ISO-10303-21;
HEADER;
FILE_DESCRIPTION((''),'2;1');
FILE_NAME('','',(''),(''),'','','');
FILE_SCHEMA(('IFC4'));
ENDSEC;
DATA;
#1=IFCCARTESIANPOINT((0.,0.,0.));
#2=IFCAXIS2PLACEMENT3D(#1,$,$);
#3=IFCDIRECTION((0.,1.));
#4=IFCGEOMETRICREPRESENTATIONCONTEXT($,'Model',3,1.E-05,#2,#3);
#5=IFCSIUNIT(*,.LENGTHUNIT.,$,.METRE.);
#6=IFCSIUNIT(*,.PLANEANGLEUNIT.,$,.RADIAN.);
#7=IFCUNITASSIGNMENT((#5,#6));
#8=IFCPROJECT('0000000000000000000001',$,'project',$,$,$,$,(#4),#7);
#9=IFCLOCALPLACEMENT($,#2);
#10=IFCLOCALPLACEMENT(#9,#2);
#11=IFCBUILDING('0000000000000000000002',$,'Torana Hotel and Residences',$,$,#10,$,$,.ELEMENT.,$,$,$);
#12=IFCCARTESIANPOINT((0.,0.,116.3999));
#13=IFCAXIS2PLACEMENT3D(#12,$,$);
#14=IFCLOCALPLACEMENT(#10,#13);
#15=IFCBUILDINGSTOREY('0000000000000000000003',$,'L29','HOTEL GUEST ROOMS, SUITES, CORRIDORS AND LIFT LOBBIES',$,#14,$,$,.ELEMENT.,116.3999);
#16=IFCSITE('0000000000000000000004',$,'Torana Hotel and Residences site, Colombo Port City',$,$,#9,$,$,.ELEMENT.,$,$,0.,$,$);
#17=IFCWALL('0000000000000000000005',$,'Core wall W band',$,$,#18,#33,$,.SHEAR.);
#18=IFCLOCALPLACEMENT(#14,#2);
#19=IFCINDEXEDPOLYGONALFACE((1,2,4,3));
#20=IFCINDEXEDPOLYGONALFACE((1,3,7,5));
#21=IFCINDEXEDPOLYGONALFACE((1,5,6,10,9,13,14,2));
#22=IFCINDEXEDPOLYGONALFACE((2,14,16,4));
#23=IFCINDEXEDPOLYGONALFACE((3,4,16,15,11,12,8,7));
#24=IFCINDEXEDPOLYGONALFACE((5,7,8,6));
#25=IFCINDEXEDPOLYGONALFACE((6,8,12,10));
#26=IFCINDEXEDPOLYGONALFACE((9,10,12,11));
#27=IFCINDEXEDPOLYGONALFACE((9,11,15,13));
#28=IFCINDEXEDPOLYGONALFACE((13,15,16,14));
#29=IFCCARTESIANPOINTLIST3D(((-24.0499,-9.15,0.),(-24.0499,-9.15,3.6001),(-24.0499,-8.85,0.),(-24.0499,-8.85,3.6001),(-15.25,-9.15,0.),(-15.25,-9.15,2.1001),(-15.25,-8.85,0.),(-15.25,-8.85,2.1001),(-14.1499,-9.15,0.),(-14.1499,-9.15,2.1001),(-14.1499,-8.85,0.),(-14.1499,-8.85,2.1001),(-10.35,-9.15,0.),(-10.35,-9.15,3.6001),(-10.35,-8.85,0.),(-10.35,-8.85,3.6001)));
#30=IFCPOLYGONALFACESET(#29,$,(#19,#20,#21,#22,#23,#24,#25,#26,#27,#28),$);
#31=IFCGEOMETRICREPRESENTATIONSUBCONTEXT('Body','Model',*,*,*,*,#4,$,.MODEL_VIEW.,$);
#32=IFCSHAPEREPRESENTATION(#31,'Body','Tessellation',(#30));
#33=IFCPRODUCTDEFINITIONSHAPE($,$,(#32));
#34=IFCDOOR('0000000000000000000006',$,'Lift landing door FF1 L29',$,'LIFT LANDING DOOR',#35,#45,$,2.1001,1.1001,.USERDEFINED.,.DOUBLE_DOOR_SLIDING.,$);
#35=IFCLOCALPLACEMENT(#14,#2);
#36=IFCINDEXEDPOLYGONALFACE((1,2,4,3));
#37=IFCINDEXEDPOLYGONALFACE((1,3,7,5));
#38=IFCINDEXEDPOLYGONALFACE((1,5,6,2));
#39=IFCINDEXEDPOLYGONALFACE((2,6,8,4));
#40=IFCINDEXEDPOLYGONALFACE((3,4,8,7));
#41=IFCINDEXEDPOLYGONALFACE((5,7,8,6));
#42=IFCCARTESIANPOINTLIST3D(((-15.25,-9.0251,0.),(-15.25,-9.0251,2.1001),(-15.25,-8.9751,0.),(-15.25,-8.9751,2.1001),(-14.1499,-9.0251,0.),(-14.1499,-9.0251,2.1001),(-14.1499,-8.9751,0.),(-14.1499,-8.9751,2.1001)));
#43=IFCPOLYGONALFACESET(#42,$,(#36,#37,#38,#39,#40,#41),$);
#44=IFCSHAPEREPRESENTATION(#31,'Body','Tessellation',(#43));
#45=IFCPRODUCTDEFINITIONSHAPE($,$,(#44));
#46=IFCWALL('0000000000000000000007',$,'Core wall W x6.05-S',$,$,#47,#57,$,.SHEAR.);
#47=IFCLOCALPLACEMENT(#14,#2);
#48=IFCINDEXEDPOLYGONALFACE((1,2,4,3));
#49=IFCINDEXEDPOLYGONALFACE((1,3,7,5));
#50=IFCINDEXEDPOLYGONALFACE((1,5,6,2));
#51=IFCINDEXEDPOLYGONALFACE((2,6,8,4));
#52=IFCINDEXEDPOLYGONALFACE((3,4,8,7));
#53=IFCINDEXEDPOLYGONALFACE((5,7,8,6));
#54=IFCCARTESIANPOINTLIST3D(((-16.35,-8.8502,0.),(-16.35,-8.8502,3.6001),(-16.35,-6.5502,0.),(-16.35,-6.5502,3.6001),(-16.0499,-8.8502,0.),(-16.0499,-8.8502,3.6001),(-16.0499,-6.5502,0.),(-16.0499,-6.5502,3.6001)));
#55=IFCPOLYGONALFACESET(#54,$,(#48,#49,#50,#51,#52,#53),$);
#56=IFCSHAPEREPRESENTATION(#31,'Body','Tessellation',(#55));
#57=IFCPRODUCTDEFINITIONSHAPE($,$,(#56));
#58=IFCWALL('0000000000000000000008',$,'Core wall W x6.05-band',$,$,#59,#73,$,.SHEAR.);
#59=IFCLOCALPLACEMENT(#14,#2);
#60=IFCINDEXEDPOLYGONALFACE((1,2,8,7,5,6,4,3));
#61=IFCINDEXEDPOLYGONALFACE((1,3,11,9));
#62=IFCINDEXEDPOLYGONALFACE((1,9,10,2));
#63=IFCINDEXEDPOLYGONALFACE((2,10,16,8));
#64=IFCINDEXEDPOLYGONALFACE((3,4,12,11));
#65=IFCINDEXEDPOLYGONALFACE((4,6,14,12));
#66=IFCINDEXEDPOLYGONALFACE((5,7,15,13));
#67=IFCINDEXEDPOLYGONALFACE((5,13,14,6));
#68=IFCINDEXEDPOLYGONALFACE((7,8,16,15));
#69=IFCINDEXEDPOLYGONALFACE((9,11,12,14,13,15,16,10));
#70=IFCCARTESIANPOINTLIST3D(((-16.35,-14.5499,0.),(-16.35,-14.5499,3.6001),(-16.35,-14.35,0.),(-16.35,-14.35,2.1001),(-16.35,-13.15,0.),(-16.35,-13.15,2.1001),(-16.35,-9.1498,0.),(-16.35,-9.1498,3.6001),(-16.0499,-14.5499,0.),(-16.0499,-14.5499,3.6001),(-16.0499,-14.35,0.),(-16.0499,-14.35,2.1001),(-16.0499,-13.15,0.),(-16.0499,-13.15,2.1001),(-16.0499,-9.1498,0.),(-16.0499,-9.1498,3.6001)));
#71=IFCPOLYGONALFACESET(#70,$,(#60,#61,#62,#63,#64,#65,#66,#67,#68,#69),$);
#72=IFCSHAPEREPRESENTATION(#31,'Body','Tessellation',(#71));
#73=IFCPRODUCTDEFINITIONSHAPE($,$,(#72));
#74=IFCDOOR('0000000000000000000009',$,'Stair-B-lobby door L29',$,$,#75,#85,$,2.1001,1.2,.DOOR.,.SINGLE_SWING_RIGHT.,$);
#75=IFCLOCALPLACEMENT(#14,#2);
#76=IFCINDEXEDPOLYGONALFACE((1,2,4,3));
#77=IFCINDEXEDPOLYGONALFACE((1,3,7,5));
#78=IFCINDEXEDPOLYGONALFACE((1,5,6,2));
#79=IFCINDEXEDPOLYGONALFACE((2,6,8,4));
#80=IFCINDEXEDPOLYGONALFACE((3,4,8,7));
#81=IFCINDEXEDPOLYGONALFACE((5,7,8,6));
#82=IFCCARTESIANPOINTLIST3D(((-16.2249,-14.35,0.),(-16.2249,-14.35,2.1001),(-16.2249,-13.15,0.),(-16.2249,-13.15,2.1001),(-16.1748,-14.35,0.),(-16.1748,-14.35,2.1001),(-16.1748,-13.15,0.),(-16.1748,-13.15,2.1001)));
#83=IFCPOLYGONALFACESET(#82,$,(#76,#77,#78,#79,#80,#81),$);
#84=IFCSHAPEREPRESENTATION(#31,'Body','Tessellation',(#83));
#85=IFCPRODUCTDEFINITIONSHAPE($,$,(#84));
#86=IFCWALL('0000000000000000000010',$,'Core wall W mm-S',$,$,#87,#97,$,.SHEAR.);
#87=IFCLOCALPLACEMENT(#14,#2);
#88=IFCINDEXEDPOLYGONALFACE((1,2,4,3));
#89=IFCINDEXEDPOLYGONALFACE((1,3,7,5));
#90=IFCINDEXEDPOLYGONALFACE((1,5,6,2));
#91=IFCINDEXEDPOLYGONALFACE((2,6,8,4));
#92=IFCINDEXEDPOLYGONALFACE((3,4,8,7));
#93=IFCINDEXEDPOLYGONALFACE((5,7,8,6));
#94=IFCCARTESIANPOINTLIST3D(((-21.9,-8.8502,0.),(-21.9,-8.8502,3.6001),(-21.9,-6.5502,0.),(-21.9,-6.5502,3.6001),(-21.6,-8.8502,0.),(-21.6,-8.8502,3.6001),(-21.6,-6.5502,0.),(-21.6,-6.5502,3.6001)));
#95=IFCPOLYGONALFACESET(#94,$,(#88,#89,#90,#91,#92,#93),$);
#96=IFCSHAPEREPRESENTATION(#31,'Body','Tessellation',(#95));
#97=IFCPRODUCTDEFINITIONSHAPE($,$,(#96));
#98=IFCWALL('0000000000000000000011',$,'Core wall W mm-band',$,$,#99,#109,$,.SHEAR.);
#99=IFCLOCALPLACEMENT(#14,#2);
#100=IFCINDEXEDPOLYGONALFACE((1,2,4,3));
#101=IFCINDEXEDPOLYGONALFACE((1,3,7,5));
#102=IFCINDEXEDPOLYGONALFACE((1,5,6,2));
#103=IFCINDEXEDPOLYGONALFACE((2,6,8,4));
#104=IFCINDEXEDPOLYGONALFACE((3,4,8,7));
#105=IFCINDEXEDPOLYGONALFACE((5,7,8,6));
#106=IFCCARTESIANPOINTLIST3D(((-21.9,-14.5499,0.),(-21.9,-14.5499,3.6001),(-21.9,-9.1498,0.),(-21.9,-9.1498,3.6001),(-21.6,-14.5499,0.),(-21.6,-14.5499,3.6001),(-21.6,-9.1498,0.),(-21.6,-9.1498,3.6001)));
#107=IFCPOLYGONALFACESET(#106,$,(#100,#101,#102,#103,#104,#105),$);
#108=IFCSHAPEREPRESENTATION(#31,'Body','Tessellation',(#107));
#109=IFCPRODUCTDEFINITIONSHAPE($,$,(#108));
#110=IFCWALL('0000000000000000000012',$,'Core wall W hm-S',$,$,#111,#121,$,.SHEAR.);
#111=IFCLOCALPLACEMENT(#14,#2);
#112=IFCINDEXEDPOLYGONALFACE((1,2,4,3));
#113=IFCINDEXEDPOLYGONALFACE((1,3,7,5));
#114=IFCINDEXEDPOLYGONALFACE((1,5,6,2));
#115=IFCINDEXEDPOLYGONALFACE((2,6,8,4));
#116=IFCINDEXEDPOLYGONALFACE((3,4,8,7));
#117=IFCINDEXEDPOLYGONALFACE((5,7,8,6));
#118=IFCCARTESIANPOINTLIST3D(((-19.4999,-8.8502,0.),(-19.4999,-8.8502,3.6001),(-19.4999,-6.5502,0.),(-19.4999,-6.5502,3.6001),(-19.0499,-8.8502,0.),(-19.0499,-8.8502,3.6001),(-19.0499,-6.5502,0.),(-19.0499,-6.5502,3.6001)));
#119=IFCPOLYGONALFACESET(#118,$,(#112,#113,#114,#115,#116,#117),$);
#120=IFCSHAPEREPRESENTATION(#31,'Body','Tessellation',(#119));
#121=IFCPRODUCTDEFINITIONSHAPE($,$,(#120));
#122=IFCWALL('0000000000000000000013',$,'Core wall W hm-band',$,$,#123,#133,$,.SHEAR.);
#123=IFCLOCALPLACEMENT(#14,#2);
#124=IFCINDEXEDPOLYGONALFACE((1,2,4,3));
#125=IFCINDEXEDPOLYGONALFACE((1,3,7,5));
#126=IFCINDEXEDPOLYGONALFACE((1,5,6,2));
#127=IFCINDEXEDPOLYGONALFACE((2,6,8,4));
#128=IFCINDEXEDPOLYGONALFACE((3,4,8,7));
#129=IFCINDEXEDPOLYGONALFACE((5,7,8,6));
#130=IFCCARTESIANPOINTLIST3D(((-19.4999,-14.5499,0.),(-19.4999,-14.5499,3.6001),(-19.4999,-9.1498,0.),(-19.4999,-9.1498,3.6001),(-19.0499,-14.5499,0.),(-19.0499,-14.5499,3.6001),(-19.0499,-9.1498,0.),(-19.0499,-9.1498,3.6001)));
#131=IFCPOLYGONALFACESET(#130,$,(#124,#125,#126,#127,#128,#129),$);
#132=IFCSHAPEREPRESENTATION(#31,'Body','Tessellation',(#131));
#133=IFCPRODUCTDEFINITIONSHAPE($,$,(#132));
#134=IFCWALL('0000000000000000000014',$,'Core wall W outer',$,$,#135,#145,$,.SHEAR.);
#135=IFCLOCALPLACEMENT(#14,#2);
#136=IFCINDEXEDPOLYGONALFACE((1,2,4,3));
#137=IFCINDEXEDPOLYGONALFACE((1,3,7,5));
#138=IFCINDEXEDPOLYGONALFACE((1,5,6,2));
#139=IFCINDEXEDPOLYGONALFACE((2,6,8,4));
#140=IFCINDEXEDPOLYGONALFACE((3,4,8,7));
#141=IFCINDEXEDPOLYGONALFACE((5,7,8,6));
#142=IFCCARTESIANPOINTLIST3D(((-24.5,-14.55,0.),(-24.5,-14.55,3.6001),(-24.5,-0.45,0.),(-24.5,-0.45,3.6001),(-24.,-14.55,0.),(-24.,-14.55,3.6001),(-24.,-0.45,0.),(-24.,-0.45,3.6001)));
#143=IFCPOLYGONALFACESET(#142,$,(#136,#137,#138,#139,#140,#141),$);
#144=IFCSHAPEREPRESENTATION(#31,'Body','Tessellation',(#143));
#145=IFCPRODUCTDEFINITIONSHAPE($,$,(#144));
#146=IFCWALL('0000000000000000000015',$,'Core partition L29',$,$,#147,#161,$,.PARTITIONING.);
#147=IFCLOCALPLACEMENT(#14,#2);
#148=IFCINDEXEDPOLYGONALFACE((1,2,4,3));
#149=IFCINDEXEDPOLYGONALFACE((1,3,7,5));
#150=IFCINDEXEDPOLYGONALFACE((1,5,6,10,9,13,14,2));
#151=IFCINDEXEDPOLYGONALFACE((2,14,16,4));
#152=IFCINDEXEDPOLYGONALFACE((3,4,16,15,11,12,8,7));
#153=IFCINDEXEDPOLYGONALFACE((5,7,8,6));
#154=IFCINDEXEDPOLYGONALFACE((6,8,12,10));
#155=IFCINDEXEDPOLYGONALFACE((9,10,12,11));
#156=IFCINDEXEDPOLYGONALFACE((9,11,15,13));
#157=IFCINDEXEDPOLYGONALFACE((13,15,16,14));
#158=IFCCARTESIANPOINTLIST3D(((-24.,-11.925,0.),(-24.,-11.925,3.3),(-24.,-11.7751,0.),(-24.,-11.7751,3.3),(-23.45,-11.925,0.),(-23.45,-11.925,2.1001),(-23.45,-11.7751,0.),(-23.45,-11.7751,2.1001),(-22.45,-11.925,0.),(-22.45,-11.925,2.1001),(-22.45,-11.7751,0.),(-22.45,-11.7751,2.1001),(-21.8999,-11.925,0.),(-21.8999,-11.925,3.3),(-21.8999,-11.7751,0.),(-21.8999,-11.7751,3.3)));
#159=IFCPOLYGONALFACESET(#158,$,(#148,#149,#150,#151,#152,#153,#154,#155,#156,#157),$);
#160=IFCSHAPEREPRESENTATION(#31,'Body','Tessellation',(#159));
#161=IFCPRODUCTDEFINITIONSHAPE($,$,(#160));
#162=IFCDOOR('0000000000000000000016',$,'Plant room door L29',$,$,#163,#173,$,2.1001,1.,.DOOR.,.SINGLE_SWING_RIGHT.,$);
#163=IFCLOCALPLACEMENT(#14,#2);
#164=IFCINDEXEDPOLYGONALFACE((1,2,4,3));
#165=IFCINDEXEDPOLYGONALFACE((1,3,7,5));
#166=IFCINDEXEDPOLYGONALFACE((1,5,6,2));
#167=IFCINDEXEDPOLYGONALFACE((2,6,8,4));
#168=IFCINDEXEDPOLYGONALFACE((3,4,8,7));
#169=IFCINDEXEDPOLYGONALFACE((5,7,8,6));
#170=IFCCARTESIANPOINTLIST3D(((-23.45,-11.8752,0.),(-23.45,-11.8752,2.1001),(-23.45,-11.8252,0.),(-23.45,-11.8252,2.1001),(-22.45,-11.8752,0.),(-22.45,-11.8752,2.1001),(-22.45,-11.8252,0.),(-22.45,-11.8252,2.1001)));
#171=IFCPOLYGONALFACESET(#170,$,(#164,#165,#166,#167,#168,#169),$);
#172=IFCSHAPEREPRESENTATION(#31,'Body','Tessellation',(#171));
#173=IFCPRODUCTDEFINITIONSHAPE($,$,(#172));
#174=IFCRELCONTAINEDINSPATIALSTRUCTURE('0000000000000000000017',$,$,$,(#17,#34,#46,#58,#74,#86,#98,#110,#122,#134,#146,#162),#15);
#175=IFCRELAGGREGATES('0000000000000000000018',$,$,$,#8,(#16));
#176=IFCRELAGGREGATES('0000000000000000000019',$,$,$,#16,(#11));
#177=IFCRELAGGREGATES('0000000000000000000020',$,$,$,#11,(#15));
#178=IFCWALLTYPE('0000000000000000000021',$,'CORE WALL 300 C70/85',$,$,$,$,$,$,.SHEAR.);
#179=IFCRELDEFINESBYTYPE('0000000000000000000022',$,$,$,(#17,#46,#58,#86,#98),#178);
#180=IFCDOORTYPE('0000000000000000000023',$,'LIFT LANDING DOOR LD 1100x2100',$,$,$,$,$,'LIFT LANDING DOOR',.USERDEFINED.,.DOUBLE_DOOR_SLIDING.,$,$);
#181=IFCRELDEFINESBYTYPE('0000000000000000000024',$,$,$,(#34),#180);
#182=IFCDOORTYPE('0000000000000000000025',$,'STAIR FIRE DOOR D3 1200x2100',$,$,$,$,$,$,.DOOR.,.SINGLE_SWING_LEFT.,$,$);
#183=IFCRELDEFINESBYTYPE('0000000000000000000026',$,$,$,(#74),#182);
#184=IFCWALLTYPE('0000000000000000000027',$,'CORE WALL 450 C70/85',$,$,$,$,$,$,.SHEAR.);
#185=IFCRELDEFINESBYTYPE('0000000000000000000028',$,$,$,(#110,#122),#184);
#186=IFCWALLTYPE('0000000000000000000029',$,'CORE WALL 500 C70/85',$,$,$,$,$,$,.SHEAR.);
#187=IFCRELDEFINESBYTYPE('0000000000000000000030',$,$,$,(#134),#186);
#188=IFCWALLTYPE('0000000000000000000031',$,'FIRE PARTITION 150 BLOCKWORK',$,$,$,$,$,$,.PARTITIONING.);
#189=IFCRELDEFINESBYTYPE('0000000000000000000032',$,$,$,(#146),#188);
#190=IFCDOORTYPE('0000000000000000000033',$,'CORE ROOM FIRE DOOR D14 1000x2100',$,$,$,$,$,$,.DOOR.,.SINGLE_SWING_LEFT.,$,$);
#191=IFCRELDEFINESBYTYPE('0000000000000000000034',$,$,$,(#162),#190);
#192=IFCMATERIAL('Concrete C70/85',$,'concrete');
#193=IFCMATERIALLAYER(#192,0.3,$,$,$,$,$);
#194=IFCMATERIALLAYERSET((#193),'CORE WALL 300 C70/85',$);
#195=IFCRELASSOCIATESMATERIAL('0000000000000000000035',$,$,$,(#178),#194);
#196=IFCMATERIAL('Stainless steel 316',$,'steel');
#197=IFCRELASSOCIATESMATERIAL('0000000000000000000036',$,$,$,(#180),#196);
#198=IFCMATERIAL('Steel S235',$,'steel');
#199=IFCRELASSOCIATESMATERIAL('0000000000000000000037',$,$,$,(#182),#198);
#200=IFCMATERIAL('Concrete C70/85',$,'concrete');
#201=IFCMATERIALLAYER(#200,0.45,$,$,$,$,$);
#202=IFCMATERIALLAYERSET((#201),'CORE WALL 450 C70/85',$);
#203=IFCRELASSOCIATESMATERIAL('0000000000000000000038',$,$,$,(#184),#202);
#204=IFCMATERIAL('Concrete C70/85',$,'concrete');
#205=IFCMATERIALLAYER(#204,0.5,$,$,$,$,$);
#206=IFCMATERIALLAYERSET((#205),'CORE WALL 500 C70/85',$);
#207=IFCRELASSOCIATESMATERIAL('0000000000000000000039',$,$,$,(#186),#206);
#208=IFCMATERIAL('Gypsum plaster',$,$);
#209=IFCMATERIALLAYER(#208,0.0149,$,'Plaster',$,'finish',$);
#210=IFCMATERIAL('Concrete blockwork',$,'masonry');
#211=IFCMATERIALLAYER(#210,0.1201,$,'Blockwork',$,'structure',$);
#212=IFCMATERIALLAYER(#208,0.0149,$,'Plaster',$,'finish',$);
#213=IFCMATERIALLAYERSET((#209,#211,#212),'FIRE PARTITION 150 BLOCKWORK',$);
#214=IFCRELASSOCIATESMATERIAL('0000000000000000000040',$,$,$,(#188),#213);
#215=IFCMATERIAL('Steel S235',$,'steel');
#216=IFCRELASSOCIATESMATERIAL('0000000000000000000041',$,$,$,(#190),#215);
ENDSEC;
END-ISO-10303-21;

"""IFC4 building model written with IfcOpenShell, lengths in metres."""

from ifc_helpers import new_model, si_unit, direction, frame, frame_2d, origin, place, context, subcontext, project, spatial, rectangle, extrude, material, layer, layer_set, type_object, element, fill, save


model = new_model("IFC4")

# Units and contexts
model_context = context("Model", 3, precision=1e-05, world=origin(), true_north=direction((0.0, 1.0)))
body_context = subcontext(model_context, "Body", "Model", "MODEL_VIEW")
ifc_project = project(units=[si_unit("LENGTHUNIT", "METRE"), si_unit("PLANEANGLEUNIT", "RADIAN")], contexts=[model_context])

# Site, building, storey
site_placement = place(None, origin())
site = spatial("IfcSite", under=ifc_project, at=site_placement, Name="Torana Hotel and Residences site, Colombo Port City", CompositionType="ELEMENT", RefElevation=0.0)
building_placement = place(site_placement, origin())
building = spatial("IfcBuilding", under=site, at=building_placement, Name="Torana Hotel and Residences", CompositionType="ELEMENT")
storey_placement = place(building_placement, frame((0.0, 0.0, 116.3999)))
storey = spatial("IfcBuildingStorey", under=building, at=storey_placement, Name="L29", Description="HOTEL GUEST ROOMS, SUITES, CORRIDORS AND LIFT LOBBIES", CompositionType="ELEMENT", Elevation=116.3999)

# Wall, opening, door
ifc_material_1 = material(Name="Concrete C70/85", Category="concrete")
ifc_layer_1 = layer(ifc_material_1, 0.3)
ifc_layer_set_1 = layer_set([ifc_layer_1], Name="CORE WALL 300 C70/85")
wall_type_1 = type_object("IfcWallType", Name="CORE WALL 300 C70/85", PredefinedType="SHEAR", material=ifc_layer_set_1)
wall_1_placement = place(storey_placement, frame((-24.05, -9.0, 0.0), z_axis=(0.0, 0.0, 1.0), x_axis=(1.0, 0.0, 0.0)))
wall_1 = element("IfcWall", 1, at=wall_1_placement, inside=storey, type_object=wall_type_1, Name="Core wall W band", PredefinedType="SHEAR", context=body_context, shape_type="SweptSolid", body=[
    extrude(rectangle(XDim=13.7, YDim=0.3, at=frame_2d((6.8501, 0.0))), origin(), (0.0, 0.0, 1.0), 3.6001),
])
opening_1_placement = place(wall_1_placement, frame((8.8, 0.0, 0.0)))
opening_1 = element("IfcOpeningElement", 2, at=opening_1_placement, cuts=wall_1, PredefinedType="OPENING", context=body_context, shape_type="SweptSolid", body=[
    extrude(rectangle(XDim=1.1001, YDim=2.1001, at=frame_2d((0.55, 1.05))), frame((0.0, 0.1599, 0.0), z_axis=(0.0, -1.0, 0.0), x_axis=(1.0, 0.0, 0.0)), (0.0, 0.0, 1.0), 0.3201),
])
ifc_material_2 = material(Name="Stainless steel 316", Category="steel")
door_type_1 = type_object("IfcDoorType", Name="LIFT LANDING DOOR LD 1100x2100", ElementType="LIFT LANDING DOOR", OperationType="DOUBLE_DOOR_SLIDING", PredefinedType="USERDEFINED", material=ifc_material_2)
door_1_placement = place(opening_1_placement, origin())
door_1 = element("IfcDoor", 3, at=door_1_placement, inside=storey, type_object=door_type_1, Name="Lift landing door FF1 L29", ObjectType="LIFT LANDING DOOR", OperationType="DOUBLE_DOOR_SLIDING", OverallHeight=2.1001, OverallWidth=1.1001, PredefinedType="USERDEFINED", context=body_context, shape_type="SweptSolid", body=[
    extrude(rectangle(XDim=1.1001, YDim=2.1001, at=frame_2d((0.55, 1.05))), frame((0.0, 0.0249, 0.0), z_axis=(0.0, -1.0, 0.0), x_axis=(1.0, 0.0, 0.0)), (0.0, 0.0, 1.0), 0.05),
])
fill(opening_1, door_1)

# Wall
wall_2_placement = place(storey_placement, frame((-16.2, -8.8501, 0.0), z_axis=(0.0, 0.0, 1.0), x_axis=(0.0, 1.0, 0.0)))
element("IfcWall", 4, at=wall_2_placement, inside=storey, type_object=wall_type_1, Name="Core wall W x6.05-S", PredefinedType="SHEAR", context=body_context, shape_type="SweptSolid", body=[
    extrude(rectangle(XDim=2.3, YDim=0.3, at=frame_2d((1.1499, 0.0))), origin(), (0.0, 0.0, 1.0), 3.6001),
])

# Wall, opening, door
wall_3_placement = place(storey_placement, frame((-16.2, -14.55, 0.0), z_axis=(0.0, 0.0, 1.0), x_axis=(0.0, 1.0, 0.0)))
wall_3 = element("IfcWall", 5, at=wall_3_placement, inside=storey, type_object=wall_type_1, Name="Core wall W x6.05-band", PredefinedType="SHEAR", context=body_context, shape_type="SweptSolid", body=[
    extrude(rectangle(XDim=5.4001, YDim=0.3, at=frame_2d((2.7002, 0.0))), origin(), (0.0, 0.0, 1.0), 3.6001),
])
opening_2_placement = place(wall_3_placement, frame((0.2, 0.0, 0.0)))
opening_2 = element("IfcOpeningElement", 6, at=opening_2_placement, cuts=wall_3, PredefinedType="OPENING", context=body_context, shape_type="SweptSolid", body=[
    extrude(rectangle(XDim=1.2, YDim=2.1001, at=frame_2d((0.6001, 1.05))), frame((0.0, 0.1599, 0.0), z_axis=(0.0, -1.0, 0.0), x_axis=(1.0, 0.0, 0.0)), (0.0, 0.0, 1.0), 0.3201),
])
ifc_material_3 = material(Name="Steel S235", Category="steel")
door_type_2 = type_object("IfcDoorType", Name="STAIR FIRE DOOR D3 1200x2100", OperationType="SINGLE_SWING_LEFT", PredefinedType="DOOR", material=ifc_material_3)
door_2_placement = place(opening_2_placement, origin())
door_2 = element("IfcDoor", 7, at=door_2_placement, inside=storey, type_object=door_type_2, Name="Stair-B-lobby door L29", OperationType="SINGLE_SWING_RIGHT", OverallHeight=2.1001, OverallWidth=1.2, PredefinedType="DOOR", context=body_context, shape_type="SweptSolid", body=[
    extrude(rectangle(XDim=1.2, YDim=2.1001, at=frame_2d((0.6001, 1.05))), frame((0.0, 0.0249, 0.0), z_axis=(0.0, -1.0, 0.0), x_axis=(1.0, 0.0, 0.0)), (0.0, 0.0, 1.0), 0.05),
])
fill(opening_2, door_2)

# Walls
wall_4_placement = place(storey_placement, frame((-21.75, -8.8501, 0.0), z_axis=(0.0, 0.0, 1.0), x_axis=(0.0, 1.0, 0.0)))
element("IfcWall", 8, at=wall_4_placement, inside=storey, type_object=wall_type_1, Name="Core wall W mm-S", PredefinedType="SHEAR", context=body_context, shape_type="SweptSolid", body=[
    extrude(rectangle(XDim=2.3, YDim=0.3, at=frame_2d((1.1499, 0.0))), origin(), (0.0, 0.0, 1.0), 3.6001),
])
wall_5_placement = place(storey_placement, frame((-21.75, -14.55, 0.0), z_axis=(0.0, 0.0, 1.0), x_axis=(0.0, 1.0, 0.0)))
element("IfcWall", 9, at=wall_5_placement, inside=storey, type_object=wall_type_1, Name="Core wall W mm-band", PredefinedType="SHEAR", context=body_context, shape_type="SweptSolid", body=[
    extrude(rectangle(XDim=5.4001, YDim=0.3, at=frame_2d((2.7002, 0.0))), origin(), (0.0, 0.0, 1.0), 3.6001),
])
ifc_material_4 = material(Name="Concrete C70/85", Category="concrete")
ifc_layer_2 = layer(ifc_material_4, 0.45)
ifc_layer_set_2 = layer_set([ifc_layer_2], Name="CORE WALL 450 C70/85")
wall_type_2 = type_object("IfcWallType", Name="CORE WALL 450 C70/85", PredefinedType="SHEAR", material=ifc_layer_set_2)
wall_6_placement = place(storey_placement, frame((-19.2749, -8.8501, 0.0), z_axis=(0.0, 0.0, 1.0), x_axis=(0.0, 1.0, 0.0)))
element("IfcWall", 10, at=wall_6_placement, inside=storey, type_object=wall_type_2, Name="Core wall W hm-S", PredefinedType="SHEAR", context=body_context, shape_type="SweptSolid", body=[
    extrude(rectangle(XDim=2.3, YDim=0.45, at=frame_2d((1.1499, 0.0))), origin(), (0.0, 0.0, 1.0), 3.6001),
])
wall_7_placement = place(storey_placement, frame((-19.2749, -14.55, 0.0), z_axis=(0.0, 0.0, 1.0), x_axis=(0.0, 1.0, 0.0)))
element("IfcWall", 11, at=wall_7_placement, inside=storey, type_object=wall_type_2, Name="Core wall W hm-band", PredefinedType="SHEAR", context=body_context, shape_type="SweptSolid", body=[
    extrude(rectangle(XDim=5.4001, YDim=0.45, at=frame_2d((2.7002, 0.0))), origin(), (0.0, 0.0, 1.0), 3.6001),
])
ifc_material_5 = material(Name="Concrete C70/85", Category="concrete")
ifc_layer_3 = layer(ifc_material_5, 0.5)
ifc_layer_set_3 = layer_set([ifc_layer_3], Name="CORE WALL 500 C70/85")
wall_type_3 = type_object("IfcWallType", Name="CORE WALL 500 C70/85", PredefinedType="SHEAR", material=ifc_layer_set_3)
wall_8_placement = place(storey_placement, frame((-24.25, -14.55, 0.0), z_axis=(0.0, 0.0, 1.0), x_axis=(0.0, 1.0, 0.0)))
element("IfcWall", 12, at=wall_8_placement, inside=storey, type_object=wall_type_3, Name="Core wall W outer", PredefinedType="SHEAR", context=body_context, shape_type="SweptSolid", body=[
    extrude(rectangle(XDim=14.1001, YDim=0.5, at=frame_2d((7.05, 0.0))), origin(), (0.0, 0.0, 1.0), 3.6001),
])

# Wall, opening, door
ifc_material_6 = material(Name="Gypsum plaster")
ifc_layer_4 = layer(ifc_material_6, 0.0149, Name="Plaster", Category="finish")
ifc_material_7 = material(Name="Concrete blockwork", Category="masonry")
ifc_layer_5 = layer(ifc_material_7, 0.1201, Name="Blockwork", Category="structure")
ifc_layer_6 = layer(ifc_material_6, 0.0149, Name="Plaster", Category="finish")
ifc_layer_set_4 = layer_set([ifc_layer_4, ifc_layer_5, ifc_layer_6], Name="FIRE PARTITION 150 BLOCKWORK")
wall_type_4 = type_object("IfcWallType", Name="FIRE PARTITION 150 BLOCKWORK", PredefinedType="PARTITIONING", material=ifc_layer_set_4)
wall_9_placement = place(storey_placement, frame((-24.0, -11.8501, 0.0), z_axis=(0.0, 0.0, 1.0), x_axis=(1.0, 0.0, 0.0)))
wall_9 = element("IfcWall", 13, at=wall_9_placement, inside=storey, type_object=wall_type_4, Name="Core partition L29", PredefinedType="PARTITIONING", context=body_context, shape_type="SweptSolid", body=[
    extrude(rectangle(XDim=2.1001, YDim=0.1499, at=frame_2d((1.05, 0.0))), origin(), (0.0, 0.0, 1.0), 3.3),
])
opening_3_placement = place(wall_9_placement, frame((0.55, 0.0, 0.0)))
opening_3 = element("IfcOpeningElement", 14, at=opening_3_placement, cuts=wall_9, PredefinedType="OPENING", context=body_context, shape_type="SweptSolid", body=[
    extrude(rectangle(XDim=1.0, YDim=2.1001, at=frame_2d((0.5, 1.05))), frame((0.0, 0.085, 0.0), z_axis=(0.0, -1.0, 0.0), x_axis=(1.0, 0.0, 0.0)), (0.0, 0.0, 1.0), 0.1699),
])
ifc_material_8 = material(Name="Steel S235", Category="steel")
door_type_3 = type_object("IfcDoorType", Name="CORE ROOM FIRE DOOR D14 1000x2100", OperationType="SINGLE_SWING_LEFT", PredefinedType="DOOR", material=ifc_material_8)
door_3_placement = place(opening_3_placement, origin())
door_3 = element("IfcDoor", 15, at=door_3_placement, inside=storey, type_object=door_type_3, Name="Plant room door L29", OperationType="SINGLE_SWING_RIGHT", OverallHeight=2.1001, OverallWidth=1.0, PredefinedType="DOOR", context=body_context, shape_type="SweptSolid", body=[
    extrude(rectangle(XDim=1.0, YDim=2.1001, at=frame_2d((0.5, 1.05))), frame((0.0, 0.0249, 0.0), z_axis=(0.0, -1.0, 0.0), x_axis=(1.0, 0.0, 0.0)), (0.0, 0.0, 1.0), 0.05),
])
fill(opening_3, door_3)

save(model, "model.ifc")
